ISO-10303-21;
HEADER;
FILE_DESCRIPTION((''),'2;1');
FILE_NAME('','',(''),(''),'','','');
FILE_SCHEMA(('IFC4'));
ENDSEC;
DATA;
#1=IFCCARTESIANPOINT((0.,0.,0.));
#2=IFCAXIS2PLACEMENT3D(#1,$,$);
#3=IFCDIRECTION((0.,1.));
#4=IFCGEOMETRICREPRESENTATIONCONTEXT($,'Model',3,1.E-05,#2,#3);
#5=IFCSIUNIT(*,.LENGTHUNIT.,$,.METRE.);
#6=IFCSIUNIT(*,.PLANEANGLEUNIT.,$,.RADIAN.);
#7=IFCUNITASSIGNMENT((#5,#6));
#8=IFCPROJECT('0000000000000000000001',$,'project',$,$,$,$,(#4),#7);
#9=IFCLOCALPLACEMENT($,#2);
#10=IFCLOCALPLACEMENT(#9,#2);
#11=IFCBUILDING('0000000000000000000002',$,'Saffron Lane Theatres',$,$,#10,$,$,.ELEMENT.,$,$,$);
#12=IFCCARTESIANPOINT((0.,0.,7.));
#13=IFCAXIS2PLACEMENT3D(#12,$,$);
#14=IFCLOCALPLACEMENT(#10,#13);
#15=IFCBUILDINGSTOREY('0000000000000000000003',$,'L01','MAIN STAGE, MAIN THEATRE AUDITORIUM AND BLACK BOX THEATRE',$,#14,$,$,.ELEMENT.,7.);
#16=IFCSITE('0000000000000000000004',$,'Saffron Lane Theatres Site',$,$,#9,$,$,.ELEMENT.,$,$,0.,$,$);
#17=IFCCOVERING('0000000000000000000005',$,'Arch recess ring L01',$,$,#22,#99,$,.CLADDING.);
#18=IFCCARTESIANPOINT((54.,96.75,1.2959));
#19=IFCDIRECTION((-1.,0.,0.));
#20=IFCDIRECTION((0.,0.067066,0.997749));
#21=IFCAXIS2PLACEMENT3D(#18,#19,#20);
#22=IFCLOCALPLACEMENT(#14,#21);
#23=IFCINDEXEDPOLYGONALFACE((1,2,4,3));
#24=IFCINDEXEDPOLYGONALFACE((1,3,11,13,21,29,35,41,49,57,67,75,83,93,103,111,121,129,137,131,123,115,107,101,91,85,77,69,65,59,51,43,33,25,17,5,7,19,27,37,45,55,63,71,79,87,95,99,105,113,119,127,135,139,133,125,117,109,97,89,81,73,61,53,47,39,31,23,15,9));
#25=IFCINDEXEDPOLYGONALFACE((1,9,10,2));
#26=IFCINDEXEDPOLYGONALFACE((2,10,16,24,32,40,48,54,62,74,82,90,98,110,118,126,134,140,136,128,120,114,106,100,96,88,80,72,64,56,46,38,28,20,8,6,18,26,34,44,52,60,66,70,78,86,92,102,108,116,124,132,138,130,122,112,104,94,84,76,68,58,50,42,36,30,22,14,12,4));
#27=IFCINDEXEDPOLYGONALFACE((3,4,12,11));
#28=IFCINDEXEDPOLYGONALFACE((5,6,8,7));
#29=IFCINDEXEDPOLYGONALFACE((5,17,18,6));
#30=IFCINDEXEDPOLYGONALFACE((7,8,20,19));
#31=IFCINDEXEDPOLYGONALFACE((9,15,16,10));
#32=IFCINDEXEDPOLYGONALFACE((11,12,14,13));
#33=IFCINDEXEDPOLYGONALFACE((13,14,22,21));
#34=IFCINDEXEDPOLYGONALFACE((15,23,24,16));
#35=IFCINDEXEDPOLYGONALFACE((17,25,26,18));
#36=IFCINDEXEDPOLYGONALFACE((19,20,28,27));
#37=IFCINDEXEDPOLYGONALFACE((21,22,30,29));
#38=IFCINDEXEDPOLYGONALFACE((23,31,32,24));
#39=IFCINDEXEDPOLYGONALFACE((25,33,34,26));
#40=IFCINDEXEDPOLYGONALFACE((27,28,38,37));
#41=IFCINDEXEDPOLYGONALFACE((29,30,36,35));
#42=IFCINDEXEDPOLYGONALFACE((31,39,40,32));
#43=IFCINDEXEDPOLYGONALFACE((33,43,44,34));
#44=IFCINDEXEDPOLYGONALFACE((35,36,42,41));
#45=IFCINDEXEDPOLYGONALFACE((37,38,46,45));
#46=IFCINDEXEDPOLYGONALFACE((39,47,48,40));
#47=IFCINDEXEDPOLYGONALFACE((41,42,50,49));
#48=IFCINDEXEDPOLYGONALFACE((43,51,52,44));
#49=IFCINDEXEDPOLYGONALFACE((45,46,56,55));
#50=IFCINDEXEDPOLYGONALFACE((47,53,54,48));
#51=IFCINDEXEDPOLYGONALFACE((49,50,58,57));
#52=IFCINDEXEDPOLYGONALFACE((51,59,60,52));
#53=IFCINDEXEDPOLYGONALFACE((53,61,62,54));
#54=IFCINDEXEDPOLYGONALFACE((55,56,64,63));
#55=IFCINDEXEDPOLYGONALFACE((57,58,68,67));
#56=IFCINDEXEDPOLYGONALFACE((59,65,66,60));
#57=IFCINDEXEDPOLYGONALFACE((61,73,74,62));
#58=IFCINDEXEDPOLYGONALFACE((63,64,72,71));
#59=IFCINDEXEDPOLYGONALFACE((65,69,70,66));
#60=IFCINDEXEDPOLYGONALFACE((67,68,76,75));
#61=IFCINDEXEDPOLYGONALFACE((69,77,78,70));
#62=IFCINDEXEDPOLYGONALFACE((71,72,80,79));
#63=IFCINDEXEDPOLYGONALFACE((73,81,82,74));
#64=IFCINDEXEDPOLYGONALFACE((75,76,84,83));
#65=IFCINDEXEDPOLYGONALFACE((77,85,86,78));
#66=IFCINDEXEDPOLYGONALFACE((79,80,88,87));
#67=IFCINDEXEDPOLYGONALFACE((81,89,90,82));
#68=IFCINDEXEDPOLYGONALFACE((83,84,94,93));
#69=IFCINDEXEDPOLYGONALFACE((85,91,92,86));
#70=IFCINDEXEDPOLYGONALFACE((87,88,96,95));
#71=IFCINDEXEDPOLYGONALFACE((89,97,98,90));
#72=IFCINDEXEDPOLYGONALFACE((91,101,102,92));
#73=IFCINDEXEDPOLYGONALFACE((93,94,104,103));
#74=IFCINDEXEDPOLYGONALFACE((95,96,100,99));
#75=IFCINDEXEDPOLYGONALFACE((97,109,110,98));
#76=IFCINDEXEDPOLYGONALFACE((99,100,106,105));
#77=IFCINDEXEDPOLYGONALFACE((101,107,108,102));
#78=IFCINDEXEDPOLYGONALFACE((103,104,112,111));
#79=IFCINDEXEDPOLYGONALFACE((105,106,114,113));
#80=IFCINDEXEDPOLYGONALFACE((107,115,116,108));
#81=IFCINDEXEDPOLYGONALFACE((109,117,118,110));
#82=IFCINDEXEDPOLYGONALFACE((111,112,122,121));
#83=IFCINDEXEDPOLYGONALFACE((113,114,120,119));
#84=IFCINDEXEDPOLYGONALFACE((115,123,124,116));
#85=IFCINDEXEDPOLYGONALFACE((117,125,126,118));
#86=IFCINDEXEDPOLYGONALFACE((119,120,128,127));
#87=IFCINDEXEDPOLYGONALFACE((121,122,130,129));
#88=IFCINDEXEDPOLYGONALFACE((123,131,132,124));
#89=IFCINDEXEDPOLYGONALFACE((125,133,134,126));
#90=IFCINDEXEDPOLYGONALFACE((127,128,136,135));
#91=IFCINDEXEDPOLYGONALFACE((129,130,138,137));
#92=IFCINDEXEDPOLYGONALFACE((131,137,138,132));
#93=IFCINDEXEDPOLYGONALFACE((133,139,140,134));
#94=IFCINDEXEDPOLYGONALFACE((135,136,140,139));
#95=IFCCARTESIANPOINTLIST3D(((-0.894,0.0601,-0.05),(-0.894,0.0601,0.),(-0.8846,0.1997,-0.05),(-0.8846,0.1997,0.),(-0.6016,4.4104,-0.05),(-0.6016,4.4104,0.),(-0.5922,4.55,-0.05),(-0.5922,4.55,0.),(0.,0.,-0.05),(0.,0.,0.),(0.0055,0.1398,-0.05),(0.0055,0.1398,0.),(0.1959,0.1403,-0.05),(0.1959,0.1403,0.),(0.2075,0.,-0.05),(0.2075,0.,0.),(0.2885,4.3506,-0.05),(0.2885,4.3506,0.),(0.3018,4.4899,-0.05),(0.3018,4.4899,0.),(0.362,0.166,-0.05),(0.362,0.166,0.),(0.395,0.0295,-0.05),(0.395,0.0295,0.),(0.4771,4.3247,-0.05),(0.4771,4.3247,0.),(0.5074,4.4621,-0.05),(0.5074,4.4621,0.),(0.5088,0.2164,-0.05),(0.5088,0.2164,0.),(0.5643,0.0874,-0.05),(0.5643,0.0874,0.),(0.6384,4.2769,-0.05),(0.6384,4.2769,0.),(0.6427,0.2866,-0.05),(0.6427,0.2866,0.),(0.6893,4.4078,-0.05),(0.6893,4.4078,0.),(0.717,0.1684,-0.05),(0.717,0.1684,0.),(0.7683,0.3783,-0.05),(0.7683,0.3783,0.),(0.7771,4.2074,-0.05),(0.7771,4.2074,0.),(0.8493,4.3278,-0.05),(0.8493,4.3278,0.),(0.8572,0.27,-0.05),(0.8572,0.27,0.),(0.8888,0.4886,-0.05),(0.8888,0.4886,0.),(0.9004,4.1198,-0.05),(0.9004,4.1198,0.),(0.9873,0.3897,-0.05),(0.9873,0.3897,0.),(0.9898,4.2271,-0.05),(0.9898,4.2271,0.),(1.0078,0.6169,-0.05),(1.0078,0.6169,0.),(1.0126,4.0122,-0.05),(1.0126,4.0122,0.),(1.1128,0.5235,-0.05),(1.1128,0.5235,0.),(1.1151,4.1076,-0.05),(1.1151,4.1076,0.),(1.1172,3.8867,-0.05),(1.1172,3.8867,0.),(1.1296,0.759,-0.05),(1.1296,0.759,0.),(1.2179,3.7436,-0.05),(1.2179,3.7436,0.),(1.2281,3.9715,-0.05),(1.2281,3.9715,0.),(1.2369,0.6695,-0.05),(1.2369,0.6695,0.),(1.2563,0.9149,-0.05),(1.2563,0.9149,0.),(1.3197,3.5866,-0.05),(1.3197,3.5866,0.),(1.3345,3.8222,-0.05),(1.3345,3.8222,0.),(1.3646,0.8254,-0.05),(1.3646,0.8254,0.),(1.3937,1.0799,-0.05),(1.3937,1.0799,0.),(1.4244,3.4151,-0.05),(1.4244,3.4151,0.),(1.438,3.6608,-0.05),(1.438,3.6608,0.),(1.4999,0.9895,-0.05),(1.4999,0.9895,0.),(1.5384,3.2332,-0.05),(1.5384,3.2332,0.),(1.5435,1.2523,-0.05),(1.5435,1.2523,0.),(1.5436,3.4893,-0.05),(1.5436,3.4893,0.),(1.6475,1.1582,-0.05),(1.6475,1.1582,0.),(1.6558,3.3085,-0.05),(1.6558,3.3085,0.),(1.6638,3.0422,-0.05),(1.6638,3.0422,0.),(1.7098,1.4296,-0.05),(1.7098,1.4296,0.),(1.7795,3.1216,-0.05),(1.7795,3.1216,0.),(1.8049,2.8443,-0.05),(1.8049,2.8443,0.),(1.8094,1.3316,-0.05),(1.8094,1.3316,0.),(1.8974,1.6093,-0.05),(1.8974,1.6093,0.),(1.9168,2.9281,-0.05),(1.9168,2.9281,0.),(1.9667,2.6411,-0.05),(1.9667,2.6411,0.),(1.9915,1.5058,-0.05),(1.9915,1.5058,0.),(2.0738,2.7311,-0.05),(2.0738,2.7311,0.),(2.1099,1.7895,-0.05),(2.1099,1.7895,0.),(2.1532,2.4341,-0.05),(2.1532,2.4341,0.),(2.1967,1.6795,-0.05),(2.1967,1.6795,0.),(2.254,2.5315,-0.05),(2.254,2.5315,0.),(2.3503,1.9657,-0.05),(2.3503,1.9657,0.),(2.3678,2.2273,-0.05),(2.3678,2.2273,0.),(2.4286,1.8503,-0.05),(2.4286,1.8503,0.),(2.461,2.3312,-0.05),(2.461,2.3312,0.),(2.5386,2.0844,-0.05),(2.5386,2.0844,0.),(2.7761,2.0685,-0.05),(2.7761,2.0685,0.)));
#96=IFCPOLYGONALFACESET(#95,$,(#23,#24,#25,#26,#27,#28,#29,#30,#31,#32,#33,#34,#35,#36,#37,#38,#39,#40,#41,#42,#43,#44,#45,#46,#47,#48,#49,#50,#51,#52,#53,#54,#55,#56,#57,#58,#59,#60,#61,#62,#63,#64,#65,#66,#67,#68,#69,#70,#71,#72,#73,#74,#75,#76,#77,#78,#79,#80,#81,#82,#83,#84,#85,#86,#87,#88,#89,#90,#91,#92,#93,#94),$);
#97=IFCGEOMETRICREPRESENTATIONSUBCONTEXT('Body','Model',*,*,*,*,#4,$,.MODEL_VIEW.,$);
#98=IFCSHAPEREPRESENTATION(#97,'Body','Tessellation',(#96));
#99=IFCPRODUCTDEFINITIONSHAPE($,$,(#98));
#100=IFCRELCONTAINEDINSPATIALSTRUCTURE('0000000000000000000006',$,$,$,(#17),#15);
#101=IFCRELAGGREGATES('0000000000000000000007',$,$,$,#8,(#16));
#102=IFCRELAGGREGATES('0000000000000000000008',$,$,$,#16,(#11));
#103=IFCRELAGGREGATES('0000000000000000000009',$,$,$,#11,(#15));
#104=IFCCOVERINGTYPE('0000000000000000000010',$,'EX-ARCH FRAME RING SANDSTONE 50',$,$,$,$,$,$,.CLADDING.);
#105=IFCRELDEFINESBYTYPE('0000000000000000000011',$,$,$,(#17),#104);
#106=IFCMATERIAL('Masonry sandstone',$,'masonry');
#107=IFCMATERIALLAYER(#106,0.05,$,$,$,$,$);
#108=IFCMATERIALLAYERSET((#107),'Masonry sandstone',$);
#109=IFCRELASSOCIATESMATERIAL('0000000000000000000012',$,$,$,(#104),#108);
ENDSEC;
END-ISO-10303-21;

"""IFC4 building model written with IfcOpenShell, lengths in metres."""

from ifc_helpers import new_model, si_unit, direction, frame, origin, place, context, subcontext, project, spatial, polyline, outline, extrude, material, layer, layer_set, type_object, element, save


model = new_model("IFC4")

# Units and contexts
model_context = context("Model", 3, precision=1e-05, world=origin(), true_north=direction((0.0, 1.0)))
body_context = subcontext(model_context, "Body", "Model", "MODEL_VIEW")
ifc_project = project(units=[si_unit("LENGTHUNIT", "METRE"), si_unit("PLANEANGLEUNIT", "RADIAN")], contexts=[model_context])

# Site, building, storey
site_placement = place(None, origin())
site = spatial("IfcSite", under=ifc_project, at=site_placement, Name="Saffron Lane Theatres Site", CompositionType="ELEMENT", RefElevation=0.0)
building_placement = place(site_placement, origin())
building = spatial("IfcBuilding", under=site, at=building_placement, Name="Saffron Lane Theatres", CompositionType="ELEMENT")
storey_placement = place(building_placement, frame((0.0, 0.0, 7.0)))
storey = spatial("IfcBuildingStorey", under=building, at=storey_placement, Name="L01", Description="MAIN STAGE, MAIN THEATRE AUDITORIUM AND BLACK BOX THEATRE", CompositionType="ELEMENT", Elevation=7.0)

# Covering
ifc_material_1 = material(Name="Masonry sandstone", Category="masonry")
ifc_layer_1 = layer(ifc_material_1, 0.05)
ifc_layer_set_1 = layer_set([ifc_layer_1], Name="Masonry sandstone")
covering_type = type_object("IfcCoveringType", Name="EX-ARCH FRAME RING SANDSTONE 50", PredefinedType="CLADDING", material=ifc_layer_set_1)
covering_1_placement = place(storey_placement, frame((54.0, 96.75, 1.2959), z_axis=(-1.0, 0.0, 0.0), x_axis=(0.0, 0.067066, 0.997749)))
element("IfcCovering", 1, at=covering_1_placement, inside=storey, type_object=covering_type, Name="Arch recess ring L01", PredefinedType="CLADDING", context=body_context, shape_type="SweptSolid", body=[
    extrude(outline(polyline([(0.0, 0.0), (0.2075, 0.0), (0.395, 0.0295), (0.5643, 0.0874), (0.717, 0.1684), (0.8572, 0.27), (0.9873, 0.3897), (1.1128, 0.5235), (1.2369, 0.6695), (1.3646, 0.8254), (1.4999, 0.9895), (1.6475, 1.1582), (1.8094, 1.3316), (1.9915, 1.5058), (2.1967, 1.6795), (2.4286, 1.8503), (2.7761, 2.0685), (2.461, 2.3312), (2.254, 2.5315), (2.0738, 2.7311), (1.9168, 2.9281), (1.7795, 3.1216), (1.6558, 3.3085), (1.5436, 3.4893), (1.438, 3.6608), (1.3345, 3.8222), (1.2281, 3.9715), (1.1151, 4.1076), (0.9898, 4.2271), (0.8493, 4.3278), (0.6893, 4.4078), (0.5074, 4.4621), (0.3018, 4.4899), (-0.5922, 4.55), (-0.6016, 4.4104), (0.2885, 4.3506), (0.4771, 4.3247), (0.6384, 4.2769), (0.7771, 4.2074), (0.9004, 4.1198), (1.0126, 4.0122), (1.1172, 3.8867), (1.2179, 3.7436), (1.3197, 3.5866), (1.4244, 3.4151), (1.5384, 3.2332), (1.6638, 3.0422), (1.8049, 2.8443), (1.9667, 2.6411), (2.1532, 2.4341), (2.3678, 2.2273), (2.5386, 2.0844), (2.3503, 1.9657), (2.1099, 1.7895), (1.8974, 1.6093), (1.7098, 1.4296), (1.5435, 1.2523), (1.3937, 1.0799), (1.2563, 0.9149), (1.1296, 0.759), (1.0078, 0.6169), (0.8888, 0.4886), (0.7683, 0.3783), (0.6427, 0.2866), (0.5088, 0.2164), (0.362, 0.166), (0.1959, 0.1403), (0.0055, 0.1398), (-0.8846, 0.1997), (-0.894, 0.0601), (0.0, 0.0)])), origin(), (0.0, 0.0, -1.0), 0.05),
])

save(model, "model.ifc")
